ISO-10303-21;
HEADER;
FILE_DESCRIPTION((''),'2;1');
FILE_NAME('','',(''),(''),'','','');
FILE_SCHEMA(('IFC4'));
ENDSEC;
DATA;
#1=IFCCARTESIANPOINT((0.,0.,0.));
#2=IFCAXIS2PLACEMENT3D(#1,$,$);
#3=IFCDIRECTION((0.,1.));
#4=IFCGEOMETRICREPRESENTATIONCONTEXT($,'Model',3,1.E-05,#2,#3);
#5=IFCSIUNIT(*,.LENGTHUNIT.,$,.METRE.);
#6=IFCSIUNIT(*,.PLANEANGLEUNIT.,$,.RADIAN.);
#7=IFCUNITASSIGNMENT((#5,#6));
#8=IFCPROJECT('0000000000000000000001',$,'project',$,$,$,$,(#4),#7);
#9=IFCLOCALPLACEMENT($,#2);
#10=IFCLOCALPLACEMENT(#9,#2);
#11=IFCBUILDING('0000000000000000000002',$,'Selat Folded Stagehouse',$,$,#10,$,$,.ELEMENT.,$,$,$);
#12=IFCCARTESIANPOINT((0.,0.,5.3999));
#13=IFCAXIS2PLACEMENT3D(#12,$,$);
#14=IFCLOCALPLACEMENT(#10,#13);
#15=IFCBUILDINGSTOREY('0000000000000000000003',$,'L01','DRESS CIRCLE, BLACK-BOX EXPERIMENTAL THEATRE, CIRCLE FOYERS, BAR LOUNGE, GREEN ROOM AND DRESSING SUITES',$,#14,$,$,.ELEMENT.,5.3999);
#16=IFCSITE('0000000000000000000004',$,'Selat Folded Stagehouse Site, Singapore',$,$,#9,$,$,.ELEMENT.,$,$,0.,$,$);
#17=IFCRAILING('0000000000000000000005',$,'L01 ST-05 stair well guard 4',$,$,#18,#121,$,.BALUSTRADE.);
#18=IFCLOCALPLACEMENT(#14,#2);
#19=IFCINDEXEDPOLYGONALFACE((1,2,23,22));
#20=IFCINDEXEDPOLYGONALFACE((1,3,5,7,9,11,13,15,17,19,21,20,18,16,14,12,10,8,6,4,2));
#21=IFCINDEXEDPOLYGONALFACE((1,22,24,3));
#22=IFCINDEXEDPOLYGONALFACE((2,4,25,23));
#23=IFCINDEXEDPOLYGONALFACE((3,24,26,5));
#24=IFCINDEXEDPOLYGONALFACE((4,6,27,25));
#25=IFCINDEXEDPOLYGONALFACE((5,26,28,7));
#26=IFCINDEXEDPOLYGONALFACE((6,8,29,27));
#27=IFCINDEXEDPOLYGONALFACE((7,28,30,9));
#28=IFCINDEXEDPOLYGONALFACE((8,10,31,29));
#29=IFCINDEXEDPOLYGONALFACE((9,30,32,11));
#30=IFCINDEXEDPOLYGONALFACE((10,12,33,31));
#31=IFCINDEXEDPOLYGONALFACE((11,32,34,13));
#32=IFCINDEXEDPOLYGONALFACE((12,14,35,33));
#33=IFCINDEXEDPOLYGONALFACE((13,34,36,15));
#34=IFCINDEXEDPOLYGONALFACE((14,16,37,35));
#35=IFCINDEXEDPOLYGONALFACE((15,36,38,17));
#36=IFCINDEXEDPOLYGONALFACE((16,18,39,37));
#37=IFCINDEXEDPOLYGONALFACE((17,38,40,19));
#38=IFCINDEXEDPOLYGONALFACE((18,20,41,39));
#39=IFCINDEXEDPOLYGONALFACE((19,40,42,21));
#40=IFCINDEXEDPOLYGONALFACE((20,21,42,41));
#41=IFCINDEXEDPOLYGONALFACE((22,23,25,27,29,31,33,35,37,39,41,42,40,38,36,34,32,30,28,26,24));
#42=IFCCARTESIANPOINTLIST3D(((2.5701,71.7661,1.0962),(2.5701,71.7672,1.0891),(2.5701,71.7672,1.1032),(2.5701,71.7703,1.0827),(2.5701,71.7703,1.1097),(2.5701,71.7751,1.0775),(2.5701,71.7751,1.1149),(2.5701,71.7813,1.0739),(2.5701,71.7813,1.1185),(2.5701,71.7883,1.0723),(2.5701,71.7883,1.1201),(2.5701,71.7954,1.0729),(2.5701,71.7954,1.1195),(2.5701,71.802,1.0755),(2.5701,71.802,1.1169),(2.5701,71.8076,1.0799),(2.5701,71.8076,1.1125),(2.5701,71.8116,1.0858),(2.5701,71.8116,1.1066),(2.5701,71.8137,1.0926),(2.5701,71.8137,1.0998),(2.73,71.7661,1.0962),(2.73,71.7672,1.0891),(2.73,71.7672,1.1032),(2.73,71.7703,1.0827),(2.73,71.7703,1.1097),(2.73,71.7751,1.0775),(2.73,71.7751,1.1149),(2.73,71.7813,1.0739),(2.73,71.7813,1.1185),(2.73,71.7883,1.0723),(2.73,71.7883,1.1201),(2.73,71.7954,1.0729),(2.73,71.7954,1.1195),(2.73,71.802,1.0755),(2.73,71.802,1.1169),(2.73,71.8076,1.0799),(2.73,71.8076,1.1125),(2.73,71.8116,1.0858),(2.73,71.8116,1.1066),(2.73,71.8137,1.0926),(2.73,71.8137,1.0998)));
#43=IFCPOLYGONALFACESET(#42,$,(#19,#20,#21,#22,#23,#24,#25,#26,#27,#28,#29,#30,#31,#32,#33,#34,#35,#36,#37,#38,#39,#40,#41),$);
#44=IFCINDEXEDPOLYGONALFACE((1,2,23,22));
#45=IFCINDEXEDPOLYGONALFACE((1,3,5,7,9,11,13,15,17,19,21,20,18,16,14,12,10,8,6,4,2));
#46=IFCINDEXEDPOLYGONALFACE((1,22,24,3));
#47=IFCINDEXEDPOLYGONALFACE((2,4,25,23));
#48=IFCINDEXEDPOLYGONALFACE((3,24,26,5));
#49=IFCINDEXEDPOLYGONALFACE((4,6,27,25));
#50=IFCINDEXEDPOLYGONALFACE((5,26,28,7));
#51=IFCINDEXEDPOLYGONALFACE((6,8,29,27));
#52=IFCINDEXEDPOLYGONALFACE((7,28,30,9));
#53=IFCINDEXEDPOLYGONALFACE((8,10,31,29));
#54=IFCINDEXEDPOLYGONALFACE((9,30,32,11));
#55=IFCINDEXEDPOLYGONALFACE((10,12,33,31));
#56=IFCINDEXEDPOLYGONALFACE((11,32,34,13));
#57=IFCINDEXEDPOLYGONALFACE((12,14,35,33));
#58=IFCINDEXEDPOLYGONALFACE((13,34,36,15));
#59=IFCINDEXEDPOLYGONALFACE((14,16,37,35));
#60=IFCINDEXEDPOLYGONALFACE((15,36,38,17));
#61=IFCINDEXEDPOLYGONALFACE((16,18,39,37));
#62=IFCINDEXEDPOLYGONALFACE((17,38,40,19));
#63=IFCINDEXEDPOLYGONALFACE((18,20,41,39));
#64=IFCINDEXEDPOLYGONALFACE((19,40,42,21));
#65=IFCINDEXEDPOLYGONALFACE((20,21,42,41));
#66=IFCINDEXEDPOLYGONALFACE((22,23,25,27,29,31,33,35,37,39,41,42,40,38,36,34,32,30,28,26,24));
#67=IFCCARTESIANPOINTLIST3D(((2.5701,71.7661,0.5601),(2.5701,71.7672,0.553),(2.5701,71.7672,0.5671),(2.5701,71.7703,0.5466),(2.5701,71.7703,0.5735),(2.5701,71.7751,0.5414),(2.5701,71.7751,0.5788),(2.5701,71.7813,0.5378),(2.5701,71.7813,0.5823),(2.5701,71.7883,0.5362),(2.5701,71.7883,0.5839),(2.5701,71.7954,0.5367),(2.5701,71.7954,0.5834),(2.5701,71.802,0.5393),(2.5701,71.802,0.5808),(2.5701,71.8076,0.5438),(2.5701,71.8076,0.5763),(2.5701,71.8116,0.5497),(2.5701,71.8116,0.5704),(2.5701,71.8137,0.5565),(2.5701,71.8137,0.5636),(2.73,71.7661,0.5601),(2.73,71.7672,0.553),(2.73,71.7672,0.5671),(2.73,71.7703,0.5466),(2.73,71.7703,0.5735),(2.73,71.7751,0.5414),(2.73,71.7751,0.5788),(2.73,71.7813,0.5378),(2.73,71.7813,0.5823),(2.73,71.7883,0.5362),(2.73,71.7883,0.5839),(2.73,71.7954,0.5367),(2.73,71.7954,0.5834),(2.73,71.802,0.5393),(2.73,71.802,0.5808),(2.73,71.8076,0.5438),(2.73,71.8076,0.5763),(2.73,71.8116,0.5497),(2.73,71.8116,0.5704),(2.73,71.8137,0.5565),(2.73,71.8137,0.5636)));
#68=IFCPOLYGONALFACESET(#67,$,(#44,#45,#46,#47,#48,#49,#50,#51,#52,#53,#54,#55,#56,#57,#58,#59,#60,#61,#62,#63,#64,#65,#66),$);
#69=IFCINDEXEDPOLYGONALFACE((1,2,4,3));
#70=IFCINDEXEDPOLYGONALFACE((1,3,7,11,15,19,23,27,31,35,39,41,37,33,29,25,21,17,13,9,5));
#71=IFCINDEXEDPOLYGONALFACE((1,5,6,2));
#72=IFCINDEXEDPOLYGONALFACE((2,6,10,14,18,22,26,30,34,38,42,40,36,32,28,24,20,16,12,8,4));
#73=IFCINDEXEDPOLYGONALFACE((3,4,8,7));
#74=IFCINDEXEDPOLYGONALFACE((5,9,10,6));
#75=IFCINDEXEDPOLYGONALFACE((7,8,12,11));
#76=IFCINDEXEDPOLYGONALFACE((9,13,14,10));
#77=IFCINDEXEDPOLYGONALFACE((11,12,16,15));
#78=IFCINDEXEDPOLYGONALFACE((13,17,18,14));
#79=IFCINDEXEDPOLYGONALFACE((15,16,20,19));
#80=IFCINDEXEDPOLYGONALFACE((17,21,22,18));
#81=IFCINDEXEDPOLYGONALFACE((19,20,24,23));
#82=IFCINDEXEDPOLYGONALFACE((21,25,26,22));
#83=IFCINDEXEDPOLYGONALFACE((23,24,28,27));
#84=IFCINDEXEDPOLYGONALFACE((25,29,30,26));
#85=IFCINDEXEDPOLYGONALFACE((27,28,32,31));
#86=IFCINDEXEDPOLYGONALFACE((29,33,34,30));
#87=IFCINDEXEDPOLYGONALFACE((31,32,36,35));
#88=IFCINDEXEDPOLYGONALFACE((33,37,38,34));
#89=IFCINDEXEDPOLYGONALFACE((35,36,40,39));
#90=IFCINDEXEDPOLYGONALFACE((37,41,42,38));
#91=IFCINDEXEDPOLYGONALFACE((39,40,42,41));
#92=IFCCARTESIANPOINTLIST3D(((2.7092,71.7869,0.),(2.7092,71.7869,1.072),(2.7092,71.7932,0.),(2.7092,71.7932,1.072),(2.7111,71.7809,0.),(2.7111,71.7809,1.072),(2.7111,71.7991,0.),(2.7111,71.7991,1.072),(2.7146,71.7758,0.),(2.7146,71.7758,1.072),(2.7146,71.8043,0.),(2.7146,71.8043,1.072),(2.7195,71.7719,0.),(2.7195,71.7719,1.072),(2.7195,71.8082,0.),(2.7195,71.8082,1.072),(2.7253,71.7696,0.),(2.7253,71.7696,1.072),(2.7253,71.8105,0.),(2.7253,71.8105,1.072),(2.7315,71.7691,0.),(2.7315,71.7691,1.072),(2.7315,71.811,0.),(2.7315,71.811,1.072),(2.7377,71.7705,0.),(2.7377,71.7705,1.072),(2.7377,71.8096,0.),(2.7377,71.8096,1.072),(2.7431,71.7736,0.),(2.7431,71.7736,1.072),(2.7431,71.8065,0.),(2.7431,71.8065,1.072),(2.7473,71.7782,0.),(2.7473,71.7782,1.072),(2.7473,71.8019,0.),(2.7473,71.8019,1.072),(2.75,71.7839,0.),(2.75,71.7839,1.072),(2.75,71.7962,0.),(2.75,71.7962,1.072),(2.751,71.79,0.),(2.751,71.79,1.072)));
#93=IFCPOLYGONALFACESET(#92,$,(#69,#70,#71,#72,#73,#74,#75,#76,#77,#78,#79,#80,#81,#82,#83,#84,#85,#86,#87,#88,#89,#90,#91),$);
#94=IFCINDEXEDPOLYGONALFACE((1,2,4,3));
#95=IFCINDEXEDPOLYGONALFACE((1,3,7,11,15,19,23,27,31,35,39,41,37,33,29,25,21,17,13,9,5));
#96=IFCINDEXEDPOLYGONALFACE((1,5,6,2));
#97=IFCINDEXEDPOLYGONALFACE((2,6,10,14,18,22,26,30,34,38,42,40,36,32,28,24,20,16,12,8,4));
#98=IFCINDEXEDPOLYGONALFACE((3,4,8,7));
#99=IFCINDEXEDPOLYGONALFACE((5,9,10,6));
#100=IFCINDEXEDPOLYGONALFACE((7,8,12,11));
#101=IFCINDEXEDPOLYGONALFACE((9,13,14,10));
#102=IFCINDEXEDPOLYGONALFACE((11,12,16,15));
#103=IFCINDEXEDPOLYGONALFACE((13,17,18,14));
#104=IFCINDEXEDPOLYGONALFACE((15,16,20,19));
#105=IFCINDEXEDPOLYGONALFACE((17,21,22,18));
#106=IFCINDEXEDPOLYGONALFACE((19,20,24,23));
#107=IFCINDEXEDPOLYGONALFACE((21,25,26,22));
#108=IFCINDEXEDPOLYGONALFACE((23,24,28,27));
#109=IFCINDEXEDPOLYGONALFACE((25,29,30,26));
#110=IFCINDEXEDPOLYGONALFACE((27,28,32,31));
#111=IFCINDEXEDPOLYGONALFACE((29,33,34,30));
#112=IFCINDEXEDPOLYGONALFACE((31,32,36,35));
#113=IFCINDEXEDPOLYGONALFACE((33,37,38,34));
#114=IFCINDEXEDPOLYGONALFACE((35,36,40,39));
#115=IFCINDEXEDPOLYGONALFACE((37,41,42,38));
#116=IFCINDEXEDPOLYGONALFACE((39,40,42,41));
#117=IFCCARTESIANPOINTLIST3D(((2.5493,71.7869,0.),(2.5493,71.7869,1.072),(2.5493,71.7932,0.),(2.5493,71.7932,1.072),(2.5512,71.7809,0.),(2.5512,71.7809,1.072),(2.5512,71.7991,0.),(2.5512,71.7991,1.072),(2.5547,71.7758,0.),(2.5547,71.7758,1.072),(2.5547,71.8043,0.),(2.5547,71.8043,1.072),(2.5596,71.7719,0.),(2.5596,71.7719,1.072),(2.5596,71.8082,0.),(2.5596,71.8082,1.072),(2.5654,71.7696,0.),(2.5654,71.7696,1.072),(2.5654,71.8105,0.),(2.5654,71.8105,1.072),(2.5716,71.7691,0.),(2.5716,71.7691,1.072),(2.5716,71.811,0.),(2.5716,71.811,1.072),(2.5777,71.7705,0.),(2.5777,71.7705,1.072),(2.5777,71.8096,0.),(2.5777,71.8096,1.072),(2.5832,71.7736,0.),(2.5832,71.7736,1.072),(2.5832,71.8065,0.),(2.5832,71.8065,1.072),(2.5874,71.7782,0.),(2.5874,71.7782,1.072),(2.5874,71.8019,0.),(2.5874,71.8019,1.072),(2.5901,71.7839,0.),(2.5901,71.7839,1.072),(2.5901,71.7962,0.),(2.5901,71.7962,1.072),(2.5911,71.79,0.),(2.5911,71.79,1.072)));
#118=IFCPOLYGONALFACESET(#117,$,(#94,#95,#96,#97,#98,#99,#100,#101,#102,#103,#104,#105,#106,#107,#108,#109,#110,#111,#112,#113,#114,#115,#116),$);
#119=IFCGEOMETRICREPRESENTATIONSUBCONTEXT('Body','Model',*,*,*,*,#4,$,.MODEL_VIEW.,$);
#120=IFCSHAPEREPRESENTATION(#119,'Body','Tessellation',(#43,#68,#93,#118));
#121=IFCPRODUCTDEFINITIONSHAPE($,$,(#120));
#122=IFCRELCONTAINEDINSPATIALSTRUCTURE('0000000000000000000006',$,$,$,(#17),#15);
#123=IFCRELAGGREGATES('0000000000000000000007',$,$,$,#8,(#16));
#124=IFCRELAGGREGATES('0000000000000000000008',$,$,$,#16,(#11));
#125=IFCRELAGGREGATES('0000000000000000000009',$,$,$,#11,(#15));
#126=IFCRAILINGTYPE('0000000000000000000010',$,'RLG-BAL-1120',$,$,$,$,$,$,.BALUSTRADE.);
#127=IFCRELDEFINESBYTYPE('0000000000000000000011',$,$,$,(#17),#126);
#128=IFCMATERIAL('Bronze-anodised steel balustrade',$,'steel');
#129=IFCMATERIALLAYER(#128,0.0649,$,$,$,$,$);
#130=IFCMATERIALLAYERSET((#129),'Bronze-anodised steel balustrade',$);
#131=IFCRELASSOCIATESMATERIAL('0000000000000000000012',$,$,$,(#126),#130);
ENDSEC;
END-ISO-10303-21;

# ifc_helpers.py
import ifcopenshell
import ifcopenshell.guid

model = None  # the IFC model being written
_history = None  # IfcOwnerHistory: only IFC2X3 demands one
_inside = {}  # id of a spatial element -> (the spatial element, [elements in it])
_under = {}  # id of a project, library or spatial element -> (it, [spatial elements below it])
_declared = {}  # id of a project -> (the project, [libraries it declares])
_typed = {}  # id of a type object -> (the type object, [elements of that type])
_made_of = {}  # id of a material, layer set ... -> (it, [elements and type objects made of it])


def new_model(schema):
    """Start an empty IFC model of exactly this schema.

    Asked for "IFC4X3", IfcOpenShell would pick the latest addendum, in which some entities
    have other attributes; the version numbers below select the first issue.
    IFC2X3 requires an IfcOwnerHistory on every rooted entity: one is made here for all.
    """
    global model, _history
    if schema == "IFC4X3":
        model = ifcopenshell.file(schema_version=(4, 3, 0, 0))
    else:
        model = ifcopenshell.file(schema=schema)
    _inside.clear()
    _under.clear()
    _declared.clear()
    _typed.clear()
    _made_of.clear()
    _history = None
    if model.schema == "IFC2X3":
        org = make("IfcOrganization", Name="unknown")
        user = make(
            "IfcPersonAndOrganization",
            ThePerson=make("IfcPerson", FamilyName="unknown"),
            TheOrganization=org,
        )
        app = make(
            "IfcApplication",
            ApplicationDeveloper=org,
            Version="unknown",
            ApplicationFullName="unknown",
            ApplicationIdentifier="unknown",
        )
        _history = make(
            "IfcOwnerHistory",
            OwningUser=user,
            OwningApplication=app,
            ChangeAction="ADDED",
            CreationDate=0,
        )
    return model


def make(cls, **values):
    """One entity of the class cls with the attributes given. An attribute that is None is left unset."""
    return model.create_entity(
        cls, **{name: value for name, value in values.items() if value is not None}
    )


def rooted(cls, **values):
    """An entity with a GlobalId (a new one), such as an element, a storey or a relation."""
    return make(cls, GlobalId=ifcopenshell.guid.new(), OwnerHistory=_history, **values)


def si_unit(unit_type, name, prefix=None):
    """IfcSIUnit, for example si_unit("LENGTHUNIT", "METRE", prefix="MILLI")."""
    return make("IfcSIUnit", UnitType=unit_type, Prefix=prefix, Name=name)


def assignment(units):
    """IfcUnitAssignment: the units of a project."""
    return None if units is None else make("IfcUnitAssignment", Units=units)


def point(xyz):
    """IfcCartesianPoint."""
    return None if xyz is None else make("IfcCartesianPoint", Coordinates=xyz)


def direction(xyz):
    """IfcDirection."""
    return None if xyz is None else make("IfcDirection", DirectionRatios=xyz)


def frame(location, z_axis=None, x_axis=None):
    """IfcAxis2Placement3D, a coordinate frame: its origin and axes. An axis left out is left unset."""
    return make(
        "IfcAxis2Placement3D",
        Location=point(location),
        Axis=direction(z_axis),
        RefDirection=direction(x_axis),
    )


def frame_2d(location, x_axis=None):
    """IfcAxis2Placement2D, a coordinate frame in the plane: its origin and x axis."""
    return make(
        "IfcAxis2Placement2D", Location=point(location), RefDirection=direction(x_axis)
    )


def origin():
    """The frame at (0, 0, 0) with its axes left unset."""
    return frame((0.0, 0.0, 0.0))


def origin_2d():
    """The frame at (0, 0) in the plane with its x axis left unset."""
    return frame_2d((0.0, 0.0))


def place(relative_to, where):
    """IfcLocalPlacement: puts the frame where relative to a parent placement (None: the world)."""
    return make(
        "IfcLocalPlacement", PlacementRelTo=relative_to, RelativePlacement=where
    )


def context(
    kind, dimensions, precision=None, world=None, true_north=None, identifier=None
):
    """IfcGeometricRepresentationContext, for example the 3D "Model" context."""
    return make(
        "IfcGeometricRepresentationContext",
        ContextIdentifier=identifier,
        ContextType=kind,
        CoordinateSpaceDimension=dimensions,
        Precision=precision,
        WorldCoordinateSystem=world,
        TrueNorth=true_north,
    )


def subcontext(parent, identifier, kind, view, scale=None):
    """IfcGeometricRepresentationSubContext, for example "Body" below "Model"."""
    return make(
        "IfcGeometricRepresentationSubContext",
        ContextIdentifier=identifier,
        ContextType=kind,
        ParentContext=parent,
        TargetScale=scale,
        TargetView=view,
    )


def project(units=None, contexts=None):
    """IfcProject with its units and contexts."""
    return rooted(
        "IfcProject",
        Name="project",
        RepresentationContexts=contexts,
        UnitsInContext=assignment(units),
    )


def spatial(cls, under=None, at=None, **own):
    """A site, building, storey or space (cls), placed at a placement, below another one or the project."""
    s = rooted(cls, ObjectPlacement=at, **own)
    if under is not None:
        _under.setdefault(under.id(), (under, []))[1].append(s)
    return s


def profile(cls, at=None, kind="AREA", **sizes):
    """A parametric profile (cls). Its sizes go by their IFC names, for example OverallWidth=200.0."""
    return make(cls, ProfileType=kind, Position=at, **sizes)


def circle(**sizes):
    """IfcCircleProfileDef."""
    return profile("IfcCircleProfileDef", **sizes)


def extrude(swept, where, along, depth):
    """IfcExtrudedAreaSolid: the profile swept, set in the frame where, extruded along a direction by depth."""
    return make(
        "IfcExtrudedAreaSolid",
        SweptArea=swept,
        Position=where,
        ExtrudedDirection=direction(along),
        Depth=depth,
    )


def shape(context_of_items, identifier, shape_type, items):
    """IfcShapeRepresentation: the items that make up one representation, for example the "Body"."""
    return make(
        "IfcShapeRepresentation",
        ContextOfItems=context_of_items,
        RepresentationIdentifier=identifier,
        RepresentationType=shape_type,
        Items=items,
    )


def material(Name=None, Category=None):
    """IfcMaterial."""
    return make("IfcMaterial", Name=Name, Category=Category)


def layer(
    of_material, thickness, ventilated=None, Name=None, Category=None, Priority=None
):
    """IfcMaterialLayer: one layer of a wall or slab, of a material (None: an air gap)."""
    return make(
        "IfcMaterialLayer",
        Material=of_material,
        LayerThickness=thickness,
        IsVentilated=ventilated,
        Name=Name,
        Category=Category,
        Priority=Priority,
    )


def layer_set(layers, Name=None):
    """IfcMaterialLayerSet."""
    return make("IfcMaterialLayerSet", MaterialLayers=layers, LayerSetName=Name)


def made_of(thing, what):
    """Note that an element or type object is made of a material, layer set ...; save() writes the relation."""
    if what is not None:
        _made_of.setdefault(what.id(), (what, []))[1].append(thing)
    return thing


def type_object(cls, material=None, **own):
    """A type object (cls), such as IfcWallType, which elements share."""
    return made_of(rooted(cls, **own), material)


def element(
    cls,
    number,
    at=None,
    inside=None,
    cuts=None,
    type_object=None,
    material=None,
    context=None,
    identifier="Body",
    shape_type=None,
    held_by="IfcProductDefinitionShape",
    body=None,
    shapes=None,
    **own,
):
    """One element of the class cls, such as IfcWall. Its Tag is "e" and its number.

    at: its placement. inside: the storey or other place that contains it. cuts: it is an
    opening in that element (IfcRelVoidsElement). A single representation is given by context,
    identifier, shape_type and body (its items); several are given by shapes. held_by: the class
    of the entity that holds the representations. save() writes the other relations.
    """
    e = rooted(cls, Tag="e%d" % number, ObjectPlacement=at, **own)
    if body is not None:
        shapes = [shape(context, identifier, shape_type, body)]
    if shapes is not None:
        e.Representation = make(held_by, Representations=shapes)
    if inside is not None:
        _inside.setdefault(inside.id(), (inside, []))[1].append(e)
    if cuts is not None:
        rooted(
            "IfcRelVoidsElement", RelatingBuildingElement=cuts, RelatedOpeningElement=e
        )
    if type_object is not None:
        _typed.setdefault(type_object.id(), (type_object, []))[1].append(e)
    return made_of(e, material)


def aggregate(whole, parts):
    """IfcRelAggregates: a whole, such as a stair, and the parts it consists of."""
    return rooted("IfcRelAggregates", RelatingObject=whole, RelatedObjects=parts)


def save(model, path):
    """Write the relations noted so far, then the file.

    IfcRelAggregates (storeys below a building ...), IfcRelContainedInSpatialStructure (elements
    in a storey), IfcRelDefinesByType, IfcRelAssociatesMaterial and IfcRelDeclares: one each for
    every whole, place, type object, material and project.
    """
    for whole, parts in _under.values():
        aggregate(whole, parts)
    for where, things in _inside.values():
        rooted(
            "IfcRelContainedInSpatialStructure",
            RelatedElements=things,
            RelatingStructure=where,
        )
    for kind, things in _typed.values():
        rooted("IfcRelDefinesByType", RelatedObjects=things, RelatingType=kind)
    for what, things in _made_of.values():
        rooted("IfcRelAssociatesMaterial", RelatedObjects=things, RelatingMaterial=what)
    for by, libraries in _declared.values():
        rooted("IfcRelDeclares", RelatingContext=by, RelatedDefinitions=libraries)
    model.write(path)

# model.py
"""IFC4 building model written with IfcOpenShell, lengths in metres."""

from ifc_helpers import new_model, si_unit, direction, frame, origin, origin_2d, place, context, subcontext, project, spatial, circle, extrude, material, layer, layer_set, type_object, element, save


model = new_model("IFC4")

# Units and contexts
model_context = context("Model", 3, precision=1e-05, world=origin(), true_north=direction((0.0, 1.0)))
body_context = subcontext(model_context, "Body", "Model", "MODEL_VIEW")
ifc_project = project(units=[si_unit("LENGTHUNIT", "METRE"), si_unit("PLANEANGLEUNIT", "RADIAN")], contexts=[model_context])

# Site, building, storey
site_placement = place(None, origin())
site = spatial("IfcSite", under=ifc_project, at=site_placement, Name="Selat Folded Stagehouse Site, Singapore", CompositionType="ELEMENT", RefElevation=0.0)
building_placement = place(site_placement, origin())
building = spatial("IfcBuilding", under=site, at=building_placement, Name="Selat Folded Stagehouse", CompositionType="ELEMENT")
storey_placement = place(building_placement, frame((0.0, 0.0, 5.3999)))
storey = spatial("IfcBuildingStorey", under=building, at=storey_placement, Name="L01", Description="DRESS CIRCLE, BLACK-BOX EXPERIMENTAL THEATRE, CIRCLE FOYERS, BAR LOUNGE, GREEN ROOM AND DRESSING SUITES", CompositionType="ELEMENT", Elevation=5.3999)

# Railing
ifc_material_1 = material(Name="Bronze-anodised steel balustrade", Category="steel")
ifc_layer_1 = layer(ifc_material_1, 0.0649)
ifc_layer_set_1 = layer_set([ifc_layer_1], Name="Bronze-anodised steel balustrade")
railing_type_1 = type_object("IfcRailingType", Name="RLG-BAL-1120", PredefinedType="BALUSTRADE", material=ifc_layer_set_1)
railing_1_placement = place(storey_placement, frame((2.73, 71.79, 0.0)))
element("IfcRailing", 1, at=railing_1_placement, inside=storey, type_object=railing_type_1, Name="L01 ST-05 stair well guard 4", PredefinedType="BALUSTRADE", context=body_context, shape_type="SweptSolid", body=[
    extrude(circle(Radius=0.0239, at=origin_2d()), frame((0.0, 0.0, 1.0962), z_axis=(-1.0, 0.0, 0.0), x_axis=(0.0, -1.0, 0.0)), (0.0, 0.0, 1.0), 0.1599),
    extrude(circle(Radius=0.0239, at=origin_2d()), frame((0.0, 0.0, 0.5601), z_axis=(-1.0, 0.0, 0.0), x_axis=(0.0, -1.0, 0.0)), (0.0, 0.0, 1.0), 0.1599),
    extrude(circle(Radius=0.021, at=origin_2d()), origin(), (0.0, 0.0, 1.0), 1.072),
    extrude(circle(Radius=0.021, at=origin_2d()), frame((-0.1599, 0.0, 0.0)), (0.0, 0.0, 1.0), 1.072),
])

save(model, "model.ifc")
